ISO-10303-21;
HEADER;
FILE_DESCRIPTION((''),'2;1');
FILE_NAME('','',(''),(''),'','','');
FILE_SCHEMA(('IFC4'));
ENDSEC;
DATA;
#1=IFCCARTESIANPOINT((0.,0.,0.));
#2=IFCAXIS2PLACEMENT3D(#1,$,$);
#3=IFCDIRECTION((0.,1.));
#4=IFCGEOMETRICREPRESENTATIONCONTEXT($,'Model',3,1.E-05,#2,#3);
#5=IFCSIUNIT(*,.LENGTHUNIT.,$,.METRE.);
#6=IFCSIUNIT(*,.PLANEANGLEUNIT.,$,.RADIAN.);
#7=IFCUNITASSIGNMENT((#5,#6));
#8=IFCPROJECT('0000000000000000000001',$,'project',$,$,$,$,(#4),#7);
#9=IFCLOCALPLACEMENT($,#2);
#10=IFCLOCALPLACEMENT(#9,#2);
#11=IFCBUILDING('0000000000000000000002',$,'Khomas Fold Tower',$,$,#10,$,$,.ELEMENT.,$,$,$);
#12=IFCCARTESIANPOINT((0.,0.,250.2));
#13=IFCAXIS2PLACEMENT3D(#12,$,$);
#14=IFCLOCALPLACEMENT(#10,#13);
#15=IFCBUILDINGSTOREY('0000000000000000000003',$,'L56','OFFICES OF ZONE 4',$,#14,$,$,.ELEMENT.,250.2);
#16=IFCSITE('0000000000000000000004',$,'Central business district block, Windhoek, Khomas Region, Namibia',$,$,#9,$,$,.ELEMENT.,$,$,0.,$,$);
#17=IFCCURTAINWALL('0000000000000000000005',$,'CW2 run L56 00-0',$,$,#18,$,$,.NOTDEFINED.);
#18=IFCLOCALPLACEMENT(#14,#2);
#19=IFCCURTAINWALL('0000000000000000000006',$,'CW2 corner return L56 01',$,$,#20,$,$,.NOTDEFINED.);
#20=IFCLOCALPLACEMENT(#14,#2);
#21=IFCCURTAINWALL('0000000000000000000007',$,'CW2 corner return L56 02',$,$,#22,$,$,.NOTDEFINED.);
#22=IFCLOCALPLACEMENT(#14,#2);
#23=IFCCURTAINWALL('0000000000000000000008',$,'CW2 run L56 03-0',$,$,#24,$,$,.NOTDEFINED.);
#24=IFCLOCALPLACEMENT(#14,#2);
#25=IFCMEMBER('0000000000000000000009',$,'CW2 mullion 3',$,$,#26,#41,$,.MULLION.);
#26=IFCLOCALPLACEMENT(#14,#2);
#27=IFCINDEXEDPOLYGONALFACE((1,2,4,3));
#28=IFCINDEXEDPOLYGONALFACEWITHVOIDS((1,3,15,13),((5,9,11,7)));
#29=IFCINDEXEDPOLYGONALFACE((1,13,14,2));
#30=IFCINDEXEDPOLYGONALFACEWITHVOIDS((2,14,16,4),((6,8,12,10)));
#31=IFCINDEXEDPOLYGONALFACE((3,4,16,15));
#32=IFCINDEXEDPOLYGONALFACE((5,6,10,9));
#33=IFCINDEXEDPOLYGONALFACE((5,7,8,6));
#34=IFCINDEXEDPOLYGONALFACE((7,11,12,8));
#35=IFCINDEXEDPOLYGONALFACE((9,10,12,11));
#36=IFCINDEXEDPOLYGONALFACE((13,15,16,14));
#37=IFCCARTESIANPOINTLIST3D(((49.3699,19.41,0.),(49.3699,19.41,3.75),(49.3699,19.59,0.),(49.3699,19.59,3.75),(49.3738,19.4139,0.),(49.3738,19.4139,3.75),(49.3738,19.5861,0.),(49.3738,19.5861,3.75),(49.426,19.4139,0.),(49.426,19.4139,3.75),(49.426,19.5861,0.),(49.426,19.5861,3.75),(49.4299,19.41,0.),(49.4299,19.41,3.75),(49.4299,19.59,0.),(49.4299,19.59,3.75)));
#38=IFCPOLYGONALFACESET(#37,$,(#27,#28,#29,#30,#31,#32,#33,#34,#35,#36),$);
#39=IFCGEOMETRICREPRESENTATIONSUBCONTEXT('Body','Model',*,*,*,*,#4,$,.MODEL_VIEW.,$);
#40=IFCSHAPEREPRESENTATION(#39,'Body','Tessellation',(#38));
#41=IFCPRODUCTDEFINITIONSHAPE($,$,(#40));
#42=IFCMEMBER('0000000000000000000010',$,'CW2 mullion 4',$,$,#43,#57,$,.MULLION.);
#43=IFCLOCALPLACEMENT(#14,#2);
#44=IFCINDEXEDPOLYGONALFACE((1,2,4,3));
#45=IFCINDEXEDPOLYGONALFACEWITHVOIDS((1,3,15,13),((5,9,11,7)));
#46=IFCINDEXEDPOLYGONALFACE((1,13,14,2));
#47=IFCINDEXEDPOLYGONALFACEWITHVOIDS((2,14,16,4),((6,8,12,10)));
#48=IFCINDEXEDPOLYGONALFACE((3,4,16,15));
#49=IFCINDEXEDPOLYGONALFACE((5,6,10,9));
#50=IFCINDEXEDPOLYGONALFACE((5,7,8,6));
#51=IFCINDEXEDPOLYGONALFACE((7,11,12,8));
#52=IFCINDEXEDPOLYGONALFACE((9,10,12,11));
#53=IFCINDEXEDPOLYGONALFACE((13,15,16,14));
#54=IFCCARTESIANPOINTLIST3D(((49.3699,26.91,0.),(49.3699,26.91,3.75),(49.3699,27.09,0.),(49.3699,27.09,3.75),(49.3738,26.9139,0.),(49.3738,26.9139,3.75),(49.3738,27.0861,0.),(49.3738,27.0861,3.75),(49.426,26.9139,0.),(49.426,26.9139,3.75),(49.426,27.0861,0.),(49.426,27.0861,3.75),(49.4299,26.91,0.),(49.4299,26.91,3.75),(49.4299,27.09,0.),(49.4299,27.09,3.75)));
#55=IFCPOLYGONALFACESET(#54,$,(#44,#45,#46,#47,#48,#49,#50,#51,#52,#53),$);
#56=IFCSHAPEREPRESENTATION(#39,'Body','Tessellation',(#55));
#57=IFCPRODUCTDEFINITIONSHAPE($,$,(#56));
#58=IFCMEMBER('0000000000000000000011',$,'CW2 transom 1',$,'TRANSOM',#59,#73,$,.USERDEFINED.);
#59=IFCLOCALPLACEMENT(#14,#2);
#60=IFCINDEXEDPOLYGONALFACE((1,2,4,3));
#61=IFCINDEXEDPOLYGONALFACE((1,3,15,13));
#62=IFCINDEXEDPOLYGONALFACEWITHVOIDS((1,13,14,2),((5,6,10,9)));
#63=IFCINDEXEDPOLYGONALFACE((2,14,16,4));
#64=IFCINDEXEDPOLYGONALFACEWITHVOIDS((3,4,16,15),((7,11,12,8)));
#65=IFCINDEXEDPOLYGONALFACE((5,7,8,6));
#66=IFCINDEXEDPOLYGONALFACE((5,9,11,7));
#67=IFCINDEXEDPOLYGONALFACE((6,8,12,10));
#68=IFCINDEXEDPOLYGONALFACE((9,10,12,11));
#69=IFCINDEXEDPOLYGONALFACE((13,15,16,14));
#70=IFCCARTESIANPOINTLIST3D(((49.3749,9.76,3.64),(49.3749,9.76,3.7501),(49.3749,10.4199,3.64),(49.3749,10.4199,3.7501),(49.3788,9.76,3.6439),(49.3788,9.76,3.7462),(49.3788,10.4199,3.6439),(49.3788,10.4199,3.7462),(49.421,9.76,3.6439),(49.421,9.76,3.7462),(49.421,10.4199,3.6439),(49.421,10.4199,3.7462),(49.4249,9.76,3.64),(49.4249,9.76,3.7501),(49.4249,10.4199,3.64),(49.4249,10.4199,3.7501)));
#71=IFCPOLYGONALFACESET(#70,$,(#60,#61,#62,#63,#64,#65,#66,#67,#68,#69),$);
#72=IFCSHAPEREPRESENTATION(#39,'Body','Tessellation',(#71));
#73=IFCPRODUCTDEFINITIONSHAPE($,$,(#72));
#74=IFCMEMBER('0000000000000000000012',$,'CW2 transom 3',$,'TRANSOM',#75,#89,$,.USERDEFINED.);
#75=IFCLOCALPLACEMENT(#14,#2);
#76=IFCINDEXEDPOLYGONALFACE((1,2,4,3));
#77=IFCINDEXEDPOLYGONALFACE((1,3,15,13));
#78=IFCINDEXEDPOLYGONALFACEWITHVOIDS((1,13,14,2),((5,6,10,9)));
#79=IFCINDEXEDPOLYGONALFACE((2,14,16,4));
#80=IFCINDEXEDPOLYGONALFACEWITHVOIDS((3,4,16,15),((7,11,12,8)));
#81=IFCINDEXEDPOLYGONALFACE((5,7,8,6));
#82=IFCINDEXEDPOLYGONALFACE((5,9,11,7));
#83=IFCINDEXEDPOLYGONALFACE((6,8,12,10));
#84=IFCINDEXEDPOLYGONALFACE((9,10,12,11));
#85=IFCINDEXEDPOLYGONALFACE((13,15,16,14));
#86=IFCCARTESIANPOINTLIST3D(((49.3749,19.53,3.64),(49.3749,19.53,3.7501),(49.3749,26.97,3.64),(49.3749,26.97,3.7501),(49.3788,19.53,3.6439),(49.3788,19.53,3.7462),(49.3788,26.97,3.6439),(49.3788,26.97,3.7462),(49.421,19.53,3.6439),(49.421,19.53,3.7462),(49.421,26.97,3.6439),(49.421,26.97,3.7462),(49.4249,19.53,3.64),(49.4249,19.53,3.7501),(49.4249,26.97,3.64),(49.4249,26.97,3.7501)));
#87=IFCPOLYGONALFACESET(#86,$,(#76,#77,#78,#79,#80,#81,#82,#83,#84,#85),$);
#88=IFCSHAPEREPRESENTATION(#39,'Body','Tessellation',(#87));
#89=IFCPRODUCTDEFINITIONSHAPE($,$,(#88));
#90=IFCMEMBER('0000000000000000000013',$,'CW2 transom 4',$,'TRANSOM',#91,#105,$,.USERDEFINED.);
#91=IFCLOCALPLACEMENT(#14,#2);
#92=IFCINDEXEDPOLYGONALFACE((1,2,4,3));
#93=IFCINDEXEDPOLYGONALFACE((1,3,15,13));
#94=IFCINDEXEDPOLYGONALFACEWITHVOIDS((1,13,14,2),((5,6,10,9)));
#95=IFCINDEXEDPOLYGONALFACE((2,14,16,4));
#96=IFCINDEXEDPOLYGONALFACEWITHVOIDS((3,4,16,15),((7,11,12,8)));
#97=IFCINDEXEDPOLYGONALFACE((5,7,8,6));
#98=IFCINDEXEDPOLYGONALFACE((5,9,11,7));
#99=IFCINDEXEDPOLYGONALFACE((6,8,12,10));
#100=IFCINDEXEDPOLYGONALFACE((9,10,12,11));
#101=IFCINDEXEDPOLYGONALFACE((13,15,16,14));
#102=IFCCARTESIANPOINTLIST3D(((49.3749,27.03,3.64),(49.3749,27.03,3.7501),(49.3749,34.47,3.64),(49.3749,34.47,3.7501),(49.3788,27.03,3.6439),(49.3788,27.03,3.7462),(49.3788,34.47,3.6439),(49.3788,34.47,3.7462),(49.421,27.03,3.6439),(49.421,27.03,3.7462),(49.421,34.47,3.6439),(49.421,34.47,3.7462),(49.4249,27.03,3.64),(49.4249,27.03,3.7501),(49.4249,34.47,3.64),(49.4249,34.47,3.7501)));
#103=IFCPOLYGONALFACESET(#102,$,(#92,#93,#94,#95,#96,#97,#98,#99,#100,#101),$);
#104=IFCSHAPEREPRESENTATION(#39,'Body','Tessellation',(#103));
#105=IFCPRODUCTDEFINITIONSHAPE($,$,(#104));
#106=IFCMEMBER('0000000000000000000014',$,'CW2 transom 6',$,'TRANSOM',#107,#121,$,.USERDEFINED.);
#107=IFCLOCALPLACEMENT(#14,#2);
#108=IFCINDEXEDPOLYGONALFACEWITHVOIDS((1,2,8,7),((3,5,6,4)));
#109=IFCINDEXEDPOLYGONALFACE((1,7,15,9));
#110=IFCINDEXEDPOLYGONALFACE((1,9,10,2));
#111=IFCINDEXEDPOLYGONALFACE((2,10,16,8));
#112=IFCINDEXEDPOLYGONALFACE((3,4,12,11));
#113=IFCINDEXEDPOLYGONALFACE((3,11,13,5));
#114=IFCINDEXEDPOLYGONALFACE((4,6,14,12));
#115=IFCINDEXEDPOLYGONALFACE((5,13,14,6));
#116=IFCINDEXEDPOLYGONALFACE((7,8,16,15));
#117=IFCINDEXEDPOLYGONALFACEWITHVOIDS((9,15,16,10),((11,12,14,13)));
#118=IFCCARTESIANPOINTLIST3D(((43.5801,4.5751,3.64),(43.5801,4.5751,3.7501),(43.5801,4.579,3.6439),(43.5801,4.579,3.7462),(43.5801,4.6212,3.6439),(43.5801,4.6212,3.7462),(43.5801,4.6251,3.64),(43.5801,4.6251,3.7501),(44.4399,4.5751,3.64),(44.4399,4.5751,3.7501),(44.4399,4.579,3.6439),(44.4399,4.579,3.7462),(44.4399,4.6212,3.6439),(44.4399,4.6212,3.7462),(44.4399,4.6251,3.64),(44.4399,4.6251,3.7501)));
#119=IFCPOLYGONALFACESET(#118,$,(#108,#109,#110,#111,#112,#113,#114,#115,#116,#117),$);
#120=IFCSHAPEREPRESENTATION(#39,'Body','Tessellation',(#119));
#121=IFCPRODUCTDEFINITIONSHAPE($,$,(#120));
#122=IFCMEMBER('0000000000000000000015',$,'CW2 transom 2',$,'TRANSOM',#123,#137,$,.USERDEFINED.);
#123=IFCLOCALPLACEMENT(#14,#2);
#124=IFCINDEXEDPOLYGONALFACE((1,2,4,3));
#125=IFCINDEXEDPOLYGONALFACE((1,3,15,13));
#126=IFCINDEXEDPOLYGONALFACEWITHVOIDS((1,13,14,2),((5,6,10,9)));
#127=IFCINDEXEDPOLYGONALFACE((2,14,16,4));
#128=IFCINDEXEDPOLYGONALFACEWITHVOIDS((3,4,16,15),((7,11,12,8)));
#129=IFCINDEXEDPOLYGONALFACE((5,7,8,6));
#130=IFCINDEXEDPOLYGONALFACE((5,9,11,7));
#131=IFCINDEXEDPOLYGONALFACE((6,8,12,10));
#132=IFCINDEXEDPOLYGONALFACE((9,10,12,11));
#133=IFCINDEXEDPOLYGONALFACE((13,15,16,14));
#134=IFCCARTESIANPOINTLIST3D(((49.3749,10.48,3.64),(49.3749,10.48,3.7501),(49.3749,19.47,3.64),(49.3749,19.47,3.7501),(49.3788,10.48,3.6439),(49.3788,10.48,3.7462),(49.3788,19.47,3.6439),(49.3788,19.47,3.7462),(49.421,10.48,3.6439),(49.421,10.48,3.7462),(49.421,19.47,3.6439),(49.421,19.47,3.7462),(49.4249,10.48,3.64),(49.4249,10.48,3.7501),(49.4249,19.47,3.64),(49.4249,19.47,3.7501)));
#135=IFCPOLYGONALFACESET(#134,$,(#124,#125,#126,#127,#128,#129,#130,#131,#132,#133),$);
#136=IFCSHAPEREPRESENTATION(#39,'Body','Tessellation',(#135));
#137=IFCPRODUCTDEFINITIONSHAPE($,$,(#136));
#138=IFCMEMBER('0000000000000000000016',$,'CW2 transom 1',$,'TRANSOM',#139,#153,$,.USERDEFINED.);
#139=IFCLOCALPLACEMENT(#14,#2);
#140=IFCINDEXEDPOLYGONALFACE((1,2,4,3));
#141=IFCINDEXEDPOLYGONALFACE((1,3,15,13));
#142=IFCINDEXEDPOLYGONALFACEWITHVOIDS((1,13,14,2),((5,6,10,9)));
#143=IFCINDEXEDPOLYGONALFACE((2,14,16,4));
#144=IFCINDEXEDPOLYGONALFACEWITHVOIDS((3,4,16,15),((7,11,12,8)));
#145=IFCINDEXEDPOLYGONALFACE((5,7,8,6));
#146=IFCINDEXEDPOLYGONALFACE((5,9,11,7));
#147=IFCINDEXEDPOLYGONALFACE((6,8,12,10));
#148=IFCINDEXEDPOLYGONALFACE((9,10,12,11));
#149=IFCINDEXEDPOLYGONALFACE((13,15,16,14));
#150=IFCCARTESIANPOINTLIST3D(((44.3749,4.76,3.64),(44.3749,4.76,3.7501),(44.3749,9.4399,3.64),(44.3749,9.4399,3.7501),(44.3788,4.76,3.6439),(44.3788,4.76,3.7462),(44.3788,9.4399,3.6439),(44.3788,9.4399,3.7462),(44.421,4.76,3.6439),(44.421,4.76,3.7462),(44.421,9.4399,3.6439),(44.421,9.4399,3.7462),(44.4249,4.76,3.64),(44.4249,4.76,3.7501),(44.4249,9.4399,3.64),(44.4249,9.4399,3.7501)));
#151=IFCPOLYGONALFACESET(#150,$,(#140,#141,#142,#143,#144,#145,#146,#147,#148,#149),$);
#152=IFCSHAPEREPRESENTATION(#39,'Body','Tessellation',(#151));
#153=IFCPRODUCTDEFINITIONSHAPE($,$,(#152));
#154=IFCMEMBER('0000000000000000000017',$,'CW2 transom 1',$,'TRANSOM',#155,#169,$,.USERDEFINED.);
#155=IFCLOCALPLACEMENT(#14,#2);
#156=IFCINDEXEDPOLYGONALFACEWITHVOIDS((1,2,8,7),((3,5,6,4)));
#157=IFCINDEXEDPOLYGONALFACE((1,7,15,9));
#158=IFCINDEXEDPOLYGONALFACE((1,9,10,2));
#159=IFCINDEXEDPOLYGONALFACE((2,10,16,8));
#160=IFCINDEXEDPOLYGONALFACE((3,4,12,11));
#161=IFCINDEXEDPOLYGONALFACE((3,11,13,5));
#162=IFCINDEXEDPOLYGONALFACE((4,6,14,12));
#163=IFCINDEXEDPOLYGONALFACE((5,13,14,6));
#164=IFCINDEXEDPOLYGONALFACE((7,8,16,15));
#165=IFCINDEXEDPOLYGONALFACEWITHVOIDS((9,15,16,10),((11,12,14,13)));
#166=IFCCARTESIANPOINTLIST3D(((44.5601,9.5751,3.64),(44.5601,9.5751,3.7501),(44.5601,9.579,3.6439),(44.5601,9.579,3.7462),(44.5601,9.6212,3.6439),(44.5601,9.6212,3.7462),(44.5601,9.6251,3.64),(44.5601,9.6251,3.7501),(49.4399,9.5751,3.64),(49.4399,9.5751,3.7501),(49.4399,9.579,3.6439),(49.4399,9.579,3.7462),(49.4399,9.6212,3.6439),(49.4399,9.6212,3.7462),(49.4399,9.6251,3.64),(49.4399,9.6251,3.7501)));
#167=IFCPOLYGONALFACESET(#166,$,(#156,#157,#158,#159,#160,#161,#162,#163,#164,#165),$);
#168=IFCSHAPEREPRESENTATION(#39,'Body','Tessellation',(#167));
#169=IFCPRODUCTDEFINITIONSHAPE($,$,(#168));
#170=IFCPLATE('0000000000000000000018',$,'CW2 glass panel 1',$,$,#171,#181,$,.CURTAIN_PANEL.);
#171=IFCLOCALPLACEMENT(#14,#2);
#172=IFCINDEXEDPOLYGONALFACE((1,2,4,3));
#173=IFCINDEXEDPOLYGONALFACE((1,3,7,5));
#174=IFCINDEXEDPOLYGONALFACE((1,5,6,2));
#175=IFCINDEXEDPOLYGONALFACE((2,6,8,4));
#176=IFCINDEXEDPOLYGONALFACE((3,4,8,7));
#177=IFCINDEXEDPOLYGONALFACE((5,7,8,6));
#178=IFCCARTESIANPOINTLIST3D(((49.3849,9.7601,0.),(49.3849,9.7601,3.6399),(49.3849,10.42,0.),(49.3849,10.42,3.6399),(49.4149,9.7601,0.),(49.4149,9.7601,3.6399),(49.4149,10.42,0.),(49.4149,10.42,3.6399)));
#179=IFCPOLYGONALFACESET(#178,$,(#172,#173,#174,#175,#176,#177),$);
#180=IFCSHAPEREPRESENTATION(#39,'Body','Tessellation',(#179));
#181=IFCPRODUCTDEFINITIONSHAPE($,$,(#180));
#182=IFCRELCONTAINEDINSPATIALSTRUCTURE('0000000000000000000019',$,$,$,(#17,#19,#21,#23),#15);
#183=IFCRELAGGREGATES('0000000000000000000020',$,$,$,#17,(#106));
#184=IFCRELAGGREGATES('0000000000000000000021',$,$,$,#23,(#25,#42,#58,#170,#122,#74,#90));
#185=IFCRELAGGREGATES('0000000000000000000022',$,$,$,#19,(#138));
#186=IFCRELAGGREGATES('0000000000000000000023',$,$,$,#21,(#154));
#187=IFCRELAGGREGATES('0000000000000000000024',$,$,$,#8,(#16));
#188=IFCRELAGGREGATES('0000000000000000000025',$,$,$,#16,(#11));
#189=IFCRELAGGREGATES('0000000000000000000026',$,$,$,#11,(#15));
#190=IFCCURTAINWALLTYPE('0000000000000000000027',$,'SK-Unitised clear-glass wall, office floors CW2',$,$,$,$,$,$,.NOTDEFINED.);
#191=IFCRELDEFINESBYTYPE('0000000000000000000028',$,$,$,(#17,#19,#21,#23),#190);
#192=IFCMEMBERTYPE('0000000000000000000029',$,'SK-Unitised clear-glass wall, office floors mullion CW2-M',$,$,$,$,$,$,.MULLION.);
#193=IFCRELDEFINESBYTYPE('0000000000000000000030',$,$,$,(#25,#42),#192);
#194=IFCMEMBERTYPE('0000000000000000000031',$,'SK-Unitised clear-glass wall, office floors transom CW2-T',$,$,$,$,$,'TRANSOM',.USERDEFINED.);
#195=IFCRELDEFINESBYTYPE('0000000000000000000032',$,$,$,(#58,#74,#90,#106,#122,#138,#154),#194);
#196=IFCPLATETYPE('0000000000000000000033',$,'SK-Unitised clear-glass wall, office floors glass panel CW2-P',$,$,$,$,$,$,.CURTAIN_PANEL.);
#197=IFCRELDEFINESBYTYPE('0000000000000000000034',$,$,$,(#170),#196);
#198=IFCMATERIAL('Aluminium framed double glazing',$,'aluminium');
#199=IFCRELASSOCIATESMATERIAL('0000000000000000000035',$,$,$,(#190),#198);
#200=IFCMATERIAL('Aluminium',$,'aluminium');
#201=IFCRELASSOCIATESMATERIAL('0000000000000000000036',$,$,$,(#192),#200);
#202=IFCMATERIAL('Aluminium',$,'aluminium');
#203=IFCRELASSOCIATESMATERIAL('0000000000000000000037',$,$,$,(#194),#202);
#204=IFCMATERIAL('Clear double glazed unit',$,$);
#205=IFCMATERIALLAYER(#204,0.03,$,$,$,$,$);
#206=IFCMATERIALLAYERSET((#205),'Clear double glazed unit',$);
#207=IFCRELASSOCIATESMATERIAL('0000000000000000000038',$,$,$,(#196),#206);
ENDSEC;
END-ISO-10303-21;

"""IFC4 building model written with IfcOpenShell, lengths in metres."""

from ifc_helpers import new_model, si_unit, direction, frame, origin, origin_2d, place, context, subcontext, project, spatial, rectangle, hollow_rectangle, extrude, source, transform, mapped, material, layer, layer_set, material_profile, profile_set, type_object, element, aggregate, save


model = new_model("IFC4")

# Units and contexts
model_context = context("Model", 3, precision=1e-05, world=origin(), true_north=direction((0.0, 1.0)))
body_context = subcontext(model_context, "Body", "Model", "MODEL_VIEW")
ifc_project = project(units=[si_unit("LENGTHUNIT", "METRE"), si_unit("PLANEANGLEUNIT", "RADIAN")], contexts=[model_context])

# Site, building, storey
site_placement = place(None, origin())
site = spatial("IfcSite", under=ifc_project, at=site_placement, Name="Central business district block, Windhoek, Khomas Region, Namibia", CompositionType="ELEMENT", RefElevation=0.0)
building_placement = place(site_placement, origin())
building = spatial("IfcBuilding", under=site, at=building_placement, Name="Khomas Fold Tower", CompositionType="ELEMENT")
storey_placement = place(building_placement, frame((0.0, 0.0, 250.2)))
storey = spatial("IfcBuildingStorey", under=building, at=storey_placement, Name="L56", Description="OFFICES OF ZONE 4", CompositionType="ELEMENT", Elevation=250.2)

# Curtain walls, members
ifc_material_1 = material(Name="Aluminium framed double glazing", Category="aluminium")
curtain_wall_type = type_object("IfcCurtainWallType", Name="SK-Unitised clear-glass wall, office floors CW2", PredefinedType="NOTDEFINED", material=ifc_material_1)
curtain_wall_1_placement = place(storey_placement, origin())
curtain_wall_1 = element("IfcCurtainWall", 1, at=curtain_wall_1_placement, inside=storey, type_object=curtain_wall_type, Name="CW2 run L56 00-0", PredefinedType="NOTDEFINED")
ifc_material_2 = material(Name="Aluminium", Category="aluminium")
ifc_material_profile_1 = material_profile(ifc_material_2, hollow_rectangle(XDim=0.0601, YDim=0.1799, WallThickness=0.0039, at=origin_2d()), Name="SK-Unitised clear-glass wall, office floors mullion CW2-M")
ifc_profile_set_1 = profile_set([ifc_material_profile_1], Name="Aluminium")
member_type_1 = type_object("IfcMemberType", Name="SK-Unitised clear-glass wall, office floors mullion CW2-M", PredefinedType="MULLION", material=ifc_profile_set_1)
shared_shape_1 = source(origin(), body_context, "Body", "SweptSolid", [
    extrude(hollow_rectangle(XDim=0.0601, YDim=0.1799, WallThickness=0.0039, at=origin_2d()), origin(), (0.0, 0.0, 1.0), 3.75),
])
curtain_wall_2_placement = place(storey_placement, origin())
curtain_wall_2 = element("IfcCurtainWall", 2, at=curtain_wall_2_placement, inside=storey, type_object=curtain_wall_type, Name="CW2 corner return L56 01", PredefinedType="NOTDEFINED")
curtain_wall_3_placement = place(storey_placement, origin())
curtain_wall_3 = element("IfcCurtainWall", 3, at=curtain_wall_3_placement, inside=storey, type_object=curtain_wall_type, Name="CW2 corner return L56 02", PredefinedType="NOTDEFINED")
curtain_wall_4_placement = place(storey_placement, origin())
curtain_wall_4 = element("IfcCurtainWall", 4, at=curtain_wall_4_placement, inside=storey, type_object=curtain_wall_type, Name="CW2 run L56 03-0", PredefinedType="NOTDEFINED")
member_1_placement = place(storey_placement, frame((49.3999, 19.5, 0.0), z_axis=(0.0, 0.0, 1.0), x_axis=(-1.0, 0.0, 0.0)))
member_1 = element("IfcMember", 5, at=member_1_placement, type_object=member_type_1, Name="CW2 mullion 3", PredefinedType="MULLION", context=body_context, shape_type="MappedRepresentation", body=[
    mapped(shared_shape_1, transform((0.0, 0.0, 0.0))),
])
member_2_placement = place(storey_placement, frame((49.3999, 27.0, 0.0), z_axis=(0.0, 0.0, 1.0), x_axis=(-1.0, 0.0, 0.0)))
member_2 = element("IfcMember", 6, at=member_2_placement, type_object=member_type_1, Name="CW2 mullion 4", PredefinedType="MULLION", context=body_context, shape_type="MappedRepresentation", body=[
    mapped(shared_shape_1, transform((0.0, 0.0, 0.0))),
])
ifc_material_3 = material(Name="Aluminium", Category="aluminium")
ifc_material_profile_2 = material_profile(ifc_material_3, hollow_rectangle(XDim=0.05, YDim=0.1101, WallThickness=0.0039, at=origin_2d()), Name="SK-Unitised clear-glass wall, office floors transom CW2-T")
ifc_profile_set_2 = profile_set([ifc_material_profile_2], Name="Aluminium")
member_type_2 = type_object("IfcMemberType", Name="SK-Unitised clear-glass wall, office floors transom CW2-T", ElementType="TRANSOM", PredefinedType="USERDEFINED", material=ifc_profile_set_2)
shared_shape_2 = source(origin(), body_context, "Body", "SweptSolid", [
    extrude(hollow_rectangle(XDim=0.05, YDim=0.1101, WallThickness=0.0039, at=origin_2d()), origin(), (0.0, 0.0, 1.0), 0.6599),
])
member_3_placement = place(storey_placement, frame((49.3999, 9.76, 3.6951), z_axis=(0.0, 1.0, 0.0), x_axis=(-1.0, 0.0, 0.0)))
member_3 = element("IfcMember", 7, at=member_3_placement, type_object=member_type_2, Name="CW2 transom 1", ObjectType="TRANSOM", PredefinedType="USERDEFINED", context=body_context, shape_type="MappedRepresentation", body=[
    mapped(shared_shape_2, transform((0.0, 0.0, 0.0))),
])
shared_shape_3 = source(origin(), body_context, "Body", "SweptSolid", [
    extrude(hollow_rectangle(XDim=0.05, YDim=0.1101, WallThickness=0.0039, at=origin_2d()), origin(), (0.0, 0.0, 1.0), 7.4399),
])
member_4_placement = place(storey_placement, frame((49.3999, 19.53, 3.6951), z_axis=(0.0, 1.0, 0.0), x_axis=(-1.0, 0.0, 0.0)))
member_4 = element("IfcMember", 8, at=member_4_placement, type_object=member_type_2, Name="CW2 transom 3", ObjectType="TRANSOM", PredefinedType="USERDEFINED", context=body_context, shape_type="MappedRepresentation", body=[
    mapped(shared_shape_3, transform((0.0, 0.0, 0.0))),
])
member_5_placement = place(storey_placement, frame((49.3999, 27.03, 3.6951), z_axis=(0.0, 1.0, 0.0), x_axis=(-1.0, 0.0, 0.0)))
member_5 = element("IfcMember", 9, at=member_5_placement, type_object=member_type_2, Name="CW2 transom 4", ObjectType="TRANSOM", PredefinedType="USERDEFINED", context=body_context, shape_type="MappedRepresentation", body=[
    mapped(shared_shape_3, transform((0.0, 0.0, 0.0))),
])

# Members
shared_shape_4 = source(origin(), body_context, "Body", "SweptSolid", [
    extrude(hollow_rectangle(XDim=0.05, YDim=0.1101, WallThickness=0.0039, at=origin_2d()), origin(), (0.0, 0.0, 1.0), 0.8599),
])
member_6_placement = place(storey_placement, frame((43.5801, 4.6001, 3.6951), z_axis=(1.0, 0.0, 0.0), x_axis=(0.0, 1.0, 0.0)))
member_6 = element("IfcMember", 10, at=member_6_placement, type_object=member_type_2, Name="CW2 transom 6", ObjectType="TRANSOM", PredefinedType="USERDEFINED", context=body_context, shape_type="MappedRepresentation", body=[
    mapped(shared_shape_4, transform((0.0, 0.0, 0.0))),
])
shared_shape_5 = source(origin(), body_context, "Body", "SweptSolid", [
    extrude(hollow_rectangle(XDim=0.05, YDim=0.1101, WallThickness=0.0039, at=origin_2d()), origin(), (0.0, 0.0, 1.0), 8.99),
])
member_7_placement = place(storey_placement, frame((49.3999, 10.48, 3.6951), z_axis=(0.0, 1.0, 0.0), x_axis=(-1.0, 0.0, 0.0)))
member_7 = element("IfcMember", 11, at=member_7_placement, type_object=member_type_2, Name="CW2 transom 2", ObjectType="TRANSOM", PredefinedType="USERDEFINED", context=body_context, shape_type="MappedRepresentation", body=[
    mapped(shared_shape_5, transform((0.0, 0.0, 0.0))),
])
shared_shape_6 = source(origin(), body_context, "Body", "SweptSolid", [
    extrude(hollow_rectangle(XDim=0.05, YDim=0.1101, WallThickness=0.0039, at=origin_2d()), origin(), (0.0, 0.0, 1.0), 4.6799),
])
member_8_placement = place(storey_placement, frame((44.3999, 4.76, 3.6951), z_axis=(0.0, 1.0, 0.0), x_axis=(-1.0, 0.0, 0.0)))
member_8 = element("IfcMember", 12, at=member_8_placement, type_object=member_type_2, Name="CW2 transom 1", ObjectType="TRANSOM", PredefinedType="USERDEFINED", context=body_context, shape_type="MappedRepresentation", body=[
    mapped(shared_shape_6, transform((0.0, 0.0, 0.0))),
])
shared_shape_7 = source(origin(), body_context, "Body", "SweptSolid", [
    extrude(hollow_rectangle(XDim=0.05, YDim=0.1101, WallThickness=0.0039, at=origin_2d()), origin(), (0.0, 0.0, 1.0), 4.8799),
])
member_9_placement = place(storey_placement, frame((44.5601, 9.6001, 3.6951), z_axis=(1.0, 0.0, 0.0), x_axis=(0.0, 1.0, 0.0)))
member_9 = element("IfcMember", 13, at=member_9_placement, type_object=member_type_2, Name="CW2 transom 1", ObjectType="TRANSOM", PredefinedType="USERDEFINED", context=body_context, shape_type="MappedRepresentation", body=[
    mapped(shared_shape_7, transform((0.0, 0.0, 0.0))),
])

# Plate
ifc_material_4 = material(Name="Clear double glazed unit")
ifc_layer_1 = layer(ifc_material_4, 0.03)
ifc_layer_set_1 = layer_set([ifc_layer_1], Name="Clear double glazed unit")
plate_type = type_object("IfcPlateType", Name="SK-Unitised clear-glass wall, office floors glass panel CW2-P", PredefinedType="CURTAIN_PANEL", material=ifc_layer_set_1)
shared_shape_8 = source(origin(), body_context, "Body", "SweptSolid", [
    extrude(rectangle(XDim=0.6599, YDim=0.03, at=origin_2d()), origin(), (0.0, 0.0, 1.0), 3.6399),
])
plate_1_placement = place(storey_placement, frame((49.3999, 10.0901, 0.0), z_axis=(0.0, 0.0, 1.0), x_axis=(0.0, 1.0, 0.0)))
plate_1 = element("IfcPlate", 14, at=plate_1_placement, type_object=plate_type, Name="CW2 glass panel 1", PredefinedType="CURTAIN_PANEL", context=body_context, shape_type="MappedRepresentation", body=[
    mapped(shared_shape_8, transform((0.0, 0.0, 0.0))),
])
aggregate(curtain_wall_1, [member_6])
aggregate(curtain_wall_4, [member_1, member_2, member_3, plate_1, member_7, member_4, member_5])
aggregate(curtain_wall_2, [member_8])
aggregate(curtain_wall_3, [member_9])

save(model, "model.ifc")
